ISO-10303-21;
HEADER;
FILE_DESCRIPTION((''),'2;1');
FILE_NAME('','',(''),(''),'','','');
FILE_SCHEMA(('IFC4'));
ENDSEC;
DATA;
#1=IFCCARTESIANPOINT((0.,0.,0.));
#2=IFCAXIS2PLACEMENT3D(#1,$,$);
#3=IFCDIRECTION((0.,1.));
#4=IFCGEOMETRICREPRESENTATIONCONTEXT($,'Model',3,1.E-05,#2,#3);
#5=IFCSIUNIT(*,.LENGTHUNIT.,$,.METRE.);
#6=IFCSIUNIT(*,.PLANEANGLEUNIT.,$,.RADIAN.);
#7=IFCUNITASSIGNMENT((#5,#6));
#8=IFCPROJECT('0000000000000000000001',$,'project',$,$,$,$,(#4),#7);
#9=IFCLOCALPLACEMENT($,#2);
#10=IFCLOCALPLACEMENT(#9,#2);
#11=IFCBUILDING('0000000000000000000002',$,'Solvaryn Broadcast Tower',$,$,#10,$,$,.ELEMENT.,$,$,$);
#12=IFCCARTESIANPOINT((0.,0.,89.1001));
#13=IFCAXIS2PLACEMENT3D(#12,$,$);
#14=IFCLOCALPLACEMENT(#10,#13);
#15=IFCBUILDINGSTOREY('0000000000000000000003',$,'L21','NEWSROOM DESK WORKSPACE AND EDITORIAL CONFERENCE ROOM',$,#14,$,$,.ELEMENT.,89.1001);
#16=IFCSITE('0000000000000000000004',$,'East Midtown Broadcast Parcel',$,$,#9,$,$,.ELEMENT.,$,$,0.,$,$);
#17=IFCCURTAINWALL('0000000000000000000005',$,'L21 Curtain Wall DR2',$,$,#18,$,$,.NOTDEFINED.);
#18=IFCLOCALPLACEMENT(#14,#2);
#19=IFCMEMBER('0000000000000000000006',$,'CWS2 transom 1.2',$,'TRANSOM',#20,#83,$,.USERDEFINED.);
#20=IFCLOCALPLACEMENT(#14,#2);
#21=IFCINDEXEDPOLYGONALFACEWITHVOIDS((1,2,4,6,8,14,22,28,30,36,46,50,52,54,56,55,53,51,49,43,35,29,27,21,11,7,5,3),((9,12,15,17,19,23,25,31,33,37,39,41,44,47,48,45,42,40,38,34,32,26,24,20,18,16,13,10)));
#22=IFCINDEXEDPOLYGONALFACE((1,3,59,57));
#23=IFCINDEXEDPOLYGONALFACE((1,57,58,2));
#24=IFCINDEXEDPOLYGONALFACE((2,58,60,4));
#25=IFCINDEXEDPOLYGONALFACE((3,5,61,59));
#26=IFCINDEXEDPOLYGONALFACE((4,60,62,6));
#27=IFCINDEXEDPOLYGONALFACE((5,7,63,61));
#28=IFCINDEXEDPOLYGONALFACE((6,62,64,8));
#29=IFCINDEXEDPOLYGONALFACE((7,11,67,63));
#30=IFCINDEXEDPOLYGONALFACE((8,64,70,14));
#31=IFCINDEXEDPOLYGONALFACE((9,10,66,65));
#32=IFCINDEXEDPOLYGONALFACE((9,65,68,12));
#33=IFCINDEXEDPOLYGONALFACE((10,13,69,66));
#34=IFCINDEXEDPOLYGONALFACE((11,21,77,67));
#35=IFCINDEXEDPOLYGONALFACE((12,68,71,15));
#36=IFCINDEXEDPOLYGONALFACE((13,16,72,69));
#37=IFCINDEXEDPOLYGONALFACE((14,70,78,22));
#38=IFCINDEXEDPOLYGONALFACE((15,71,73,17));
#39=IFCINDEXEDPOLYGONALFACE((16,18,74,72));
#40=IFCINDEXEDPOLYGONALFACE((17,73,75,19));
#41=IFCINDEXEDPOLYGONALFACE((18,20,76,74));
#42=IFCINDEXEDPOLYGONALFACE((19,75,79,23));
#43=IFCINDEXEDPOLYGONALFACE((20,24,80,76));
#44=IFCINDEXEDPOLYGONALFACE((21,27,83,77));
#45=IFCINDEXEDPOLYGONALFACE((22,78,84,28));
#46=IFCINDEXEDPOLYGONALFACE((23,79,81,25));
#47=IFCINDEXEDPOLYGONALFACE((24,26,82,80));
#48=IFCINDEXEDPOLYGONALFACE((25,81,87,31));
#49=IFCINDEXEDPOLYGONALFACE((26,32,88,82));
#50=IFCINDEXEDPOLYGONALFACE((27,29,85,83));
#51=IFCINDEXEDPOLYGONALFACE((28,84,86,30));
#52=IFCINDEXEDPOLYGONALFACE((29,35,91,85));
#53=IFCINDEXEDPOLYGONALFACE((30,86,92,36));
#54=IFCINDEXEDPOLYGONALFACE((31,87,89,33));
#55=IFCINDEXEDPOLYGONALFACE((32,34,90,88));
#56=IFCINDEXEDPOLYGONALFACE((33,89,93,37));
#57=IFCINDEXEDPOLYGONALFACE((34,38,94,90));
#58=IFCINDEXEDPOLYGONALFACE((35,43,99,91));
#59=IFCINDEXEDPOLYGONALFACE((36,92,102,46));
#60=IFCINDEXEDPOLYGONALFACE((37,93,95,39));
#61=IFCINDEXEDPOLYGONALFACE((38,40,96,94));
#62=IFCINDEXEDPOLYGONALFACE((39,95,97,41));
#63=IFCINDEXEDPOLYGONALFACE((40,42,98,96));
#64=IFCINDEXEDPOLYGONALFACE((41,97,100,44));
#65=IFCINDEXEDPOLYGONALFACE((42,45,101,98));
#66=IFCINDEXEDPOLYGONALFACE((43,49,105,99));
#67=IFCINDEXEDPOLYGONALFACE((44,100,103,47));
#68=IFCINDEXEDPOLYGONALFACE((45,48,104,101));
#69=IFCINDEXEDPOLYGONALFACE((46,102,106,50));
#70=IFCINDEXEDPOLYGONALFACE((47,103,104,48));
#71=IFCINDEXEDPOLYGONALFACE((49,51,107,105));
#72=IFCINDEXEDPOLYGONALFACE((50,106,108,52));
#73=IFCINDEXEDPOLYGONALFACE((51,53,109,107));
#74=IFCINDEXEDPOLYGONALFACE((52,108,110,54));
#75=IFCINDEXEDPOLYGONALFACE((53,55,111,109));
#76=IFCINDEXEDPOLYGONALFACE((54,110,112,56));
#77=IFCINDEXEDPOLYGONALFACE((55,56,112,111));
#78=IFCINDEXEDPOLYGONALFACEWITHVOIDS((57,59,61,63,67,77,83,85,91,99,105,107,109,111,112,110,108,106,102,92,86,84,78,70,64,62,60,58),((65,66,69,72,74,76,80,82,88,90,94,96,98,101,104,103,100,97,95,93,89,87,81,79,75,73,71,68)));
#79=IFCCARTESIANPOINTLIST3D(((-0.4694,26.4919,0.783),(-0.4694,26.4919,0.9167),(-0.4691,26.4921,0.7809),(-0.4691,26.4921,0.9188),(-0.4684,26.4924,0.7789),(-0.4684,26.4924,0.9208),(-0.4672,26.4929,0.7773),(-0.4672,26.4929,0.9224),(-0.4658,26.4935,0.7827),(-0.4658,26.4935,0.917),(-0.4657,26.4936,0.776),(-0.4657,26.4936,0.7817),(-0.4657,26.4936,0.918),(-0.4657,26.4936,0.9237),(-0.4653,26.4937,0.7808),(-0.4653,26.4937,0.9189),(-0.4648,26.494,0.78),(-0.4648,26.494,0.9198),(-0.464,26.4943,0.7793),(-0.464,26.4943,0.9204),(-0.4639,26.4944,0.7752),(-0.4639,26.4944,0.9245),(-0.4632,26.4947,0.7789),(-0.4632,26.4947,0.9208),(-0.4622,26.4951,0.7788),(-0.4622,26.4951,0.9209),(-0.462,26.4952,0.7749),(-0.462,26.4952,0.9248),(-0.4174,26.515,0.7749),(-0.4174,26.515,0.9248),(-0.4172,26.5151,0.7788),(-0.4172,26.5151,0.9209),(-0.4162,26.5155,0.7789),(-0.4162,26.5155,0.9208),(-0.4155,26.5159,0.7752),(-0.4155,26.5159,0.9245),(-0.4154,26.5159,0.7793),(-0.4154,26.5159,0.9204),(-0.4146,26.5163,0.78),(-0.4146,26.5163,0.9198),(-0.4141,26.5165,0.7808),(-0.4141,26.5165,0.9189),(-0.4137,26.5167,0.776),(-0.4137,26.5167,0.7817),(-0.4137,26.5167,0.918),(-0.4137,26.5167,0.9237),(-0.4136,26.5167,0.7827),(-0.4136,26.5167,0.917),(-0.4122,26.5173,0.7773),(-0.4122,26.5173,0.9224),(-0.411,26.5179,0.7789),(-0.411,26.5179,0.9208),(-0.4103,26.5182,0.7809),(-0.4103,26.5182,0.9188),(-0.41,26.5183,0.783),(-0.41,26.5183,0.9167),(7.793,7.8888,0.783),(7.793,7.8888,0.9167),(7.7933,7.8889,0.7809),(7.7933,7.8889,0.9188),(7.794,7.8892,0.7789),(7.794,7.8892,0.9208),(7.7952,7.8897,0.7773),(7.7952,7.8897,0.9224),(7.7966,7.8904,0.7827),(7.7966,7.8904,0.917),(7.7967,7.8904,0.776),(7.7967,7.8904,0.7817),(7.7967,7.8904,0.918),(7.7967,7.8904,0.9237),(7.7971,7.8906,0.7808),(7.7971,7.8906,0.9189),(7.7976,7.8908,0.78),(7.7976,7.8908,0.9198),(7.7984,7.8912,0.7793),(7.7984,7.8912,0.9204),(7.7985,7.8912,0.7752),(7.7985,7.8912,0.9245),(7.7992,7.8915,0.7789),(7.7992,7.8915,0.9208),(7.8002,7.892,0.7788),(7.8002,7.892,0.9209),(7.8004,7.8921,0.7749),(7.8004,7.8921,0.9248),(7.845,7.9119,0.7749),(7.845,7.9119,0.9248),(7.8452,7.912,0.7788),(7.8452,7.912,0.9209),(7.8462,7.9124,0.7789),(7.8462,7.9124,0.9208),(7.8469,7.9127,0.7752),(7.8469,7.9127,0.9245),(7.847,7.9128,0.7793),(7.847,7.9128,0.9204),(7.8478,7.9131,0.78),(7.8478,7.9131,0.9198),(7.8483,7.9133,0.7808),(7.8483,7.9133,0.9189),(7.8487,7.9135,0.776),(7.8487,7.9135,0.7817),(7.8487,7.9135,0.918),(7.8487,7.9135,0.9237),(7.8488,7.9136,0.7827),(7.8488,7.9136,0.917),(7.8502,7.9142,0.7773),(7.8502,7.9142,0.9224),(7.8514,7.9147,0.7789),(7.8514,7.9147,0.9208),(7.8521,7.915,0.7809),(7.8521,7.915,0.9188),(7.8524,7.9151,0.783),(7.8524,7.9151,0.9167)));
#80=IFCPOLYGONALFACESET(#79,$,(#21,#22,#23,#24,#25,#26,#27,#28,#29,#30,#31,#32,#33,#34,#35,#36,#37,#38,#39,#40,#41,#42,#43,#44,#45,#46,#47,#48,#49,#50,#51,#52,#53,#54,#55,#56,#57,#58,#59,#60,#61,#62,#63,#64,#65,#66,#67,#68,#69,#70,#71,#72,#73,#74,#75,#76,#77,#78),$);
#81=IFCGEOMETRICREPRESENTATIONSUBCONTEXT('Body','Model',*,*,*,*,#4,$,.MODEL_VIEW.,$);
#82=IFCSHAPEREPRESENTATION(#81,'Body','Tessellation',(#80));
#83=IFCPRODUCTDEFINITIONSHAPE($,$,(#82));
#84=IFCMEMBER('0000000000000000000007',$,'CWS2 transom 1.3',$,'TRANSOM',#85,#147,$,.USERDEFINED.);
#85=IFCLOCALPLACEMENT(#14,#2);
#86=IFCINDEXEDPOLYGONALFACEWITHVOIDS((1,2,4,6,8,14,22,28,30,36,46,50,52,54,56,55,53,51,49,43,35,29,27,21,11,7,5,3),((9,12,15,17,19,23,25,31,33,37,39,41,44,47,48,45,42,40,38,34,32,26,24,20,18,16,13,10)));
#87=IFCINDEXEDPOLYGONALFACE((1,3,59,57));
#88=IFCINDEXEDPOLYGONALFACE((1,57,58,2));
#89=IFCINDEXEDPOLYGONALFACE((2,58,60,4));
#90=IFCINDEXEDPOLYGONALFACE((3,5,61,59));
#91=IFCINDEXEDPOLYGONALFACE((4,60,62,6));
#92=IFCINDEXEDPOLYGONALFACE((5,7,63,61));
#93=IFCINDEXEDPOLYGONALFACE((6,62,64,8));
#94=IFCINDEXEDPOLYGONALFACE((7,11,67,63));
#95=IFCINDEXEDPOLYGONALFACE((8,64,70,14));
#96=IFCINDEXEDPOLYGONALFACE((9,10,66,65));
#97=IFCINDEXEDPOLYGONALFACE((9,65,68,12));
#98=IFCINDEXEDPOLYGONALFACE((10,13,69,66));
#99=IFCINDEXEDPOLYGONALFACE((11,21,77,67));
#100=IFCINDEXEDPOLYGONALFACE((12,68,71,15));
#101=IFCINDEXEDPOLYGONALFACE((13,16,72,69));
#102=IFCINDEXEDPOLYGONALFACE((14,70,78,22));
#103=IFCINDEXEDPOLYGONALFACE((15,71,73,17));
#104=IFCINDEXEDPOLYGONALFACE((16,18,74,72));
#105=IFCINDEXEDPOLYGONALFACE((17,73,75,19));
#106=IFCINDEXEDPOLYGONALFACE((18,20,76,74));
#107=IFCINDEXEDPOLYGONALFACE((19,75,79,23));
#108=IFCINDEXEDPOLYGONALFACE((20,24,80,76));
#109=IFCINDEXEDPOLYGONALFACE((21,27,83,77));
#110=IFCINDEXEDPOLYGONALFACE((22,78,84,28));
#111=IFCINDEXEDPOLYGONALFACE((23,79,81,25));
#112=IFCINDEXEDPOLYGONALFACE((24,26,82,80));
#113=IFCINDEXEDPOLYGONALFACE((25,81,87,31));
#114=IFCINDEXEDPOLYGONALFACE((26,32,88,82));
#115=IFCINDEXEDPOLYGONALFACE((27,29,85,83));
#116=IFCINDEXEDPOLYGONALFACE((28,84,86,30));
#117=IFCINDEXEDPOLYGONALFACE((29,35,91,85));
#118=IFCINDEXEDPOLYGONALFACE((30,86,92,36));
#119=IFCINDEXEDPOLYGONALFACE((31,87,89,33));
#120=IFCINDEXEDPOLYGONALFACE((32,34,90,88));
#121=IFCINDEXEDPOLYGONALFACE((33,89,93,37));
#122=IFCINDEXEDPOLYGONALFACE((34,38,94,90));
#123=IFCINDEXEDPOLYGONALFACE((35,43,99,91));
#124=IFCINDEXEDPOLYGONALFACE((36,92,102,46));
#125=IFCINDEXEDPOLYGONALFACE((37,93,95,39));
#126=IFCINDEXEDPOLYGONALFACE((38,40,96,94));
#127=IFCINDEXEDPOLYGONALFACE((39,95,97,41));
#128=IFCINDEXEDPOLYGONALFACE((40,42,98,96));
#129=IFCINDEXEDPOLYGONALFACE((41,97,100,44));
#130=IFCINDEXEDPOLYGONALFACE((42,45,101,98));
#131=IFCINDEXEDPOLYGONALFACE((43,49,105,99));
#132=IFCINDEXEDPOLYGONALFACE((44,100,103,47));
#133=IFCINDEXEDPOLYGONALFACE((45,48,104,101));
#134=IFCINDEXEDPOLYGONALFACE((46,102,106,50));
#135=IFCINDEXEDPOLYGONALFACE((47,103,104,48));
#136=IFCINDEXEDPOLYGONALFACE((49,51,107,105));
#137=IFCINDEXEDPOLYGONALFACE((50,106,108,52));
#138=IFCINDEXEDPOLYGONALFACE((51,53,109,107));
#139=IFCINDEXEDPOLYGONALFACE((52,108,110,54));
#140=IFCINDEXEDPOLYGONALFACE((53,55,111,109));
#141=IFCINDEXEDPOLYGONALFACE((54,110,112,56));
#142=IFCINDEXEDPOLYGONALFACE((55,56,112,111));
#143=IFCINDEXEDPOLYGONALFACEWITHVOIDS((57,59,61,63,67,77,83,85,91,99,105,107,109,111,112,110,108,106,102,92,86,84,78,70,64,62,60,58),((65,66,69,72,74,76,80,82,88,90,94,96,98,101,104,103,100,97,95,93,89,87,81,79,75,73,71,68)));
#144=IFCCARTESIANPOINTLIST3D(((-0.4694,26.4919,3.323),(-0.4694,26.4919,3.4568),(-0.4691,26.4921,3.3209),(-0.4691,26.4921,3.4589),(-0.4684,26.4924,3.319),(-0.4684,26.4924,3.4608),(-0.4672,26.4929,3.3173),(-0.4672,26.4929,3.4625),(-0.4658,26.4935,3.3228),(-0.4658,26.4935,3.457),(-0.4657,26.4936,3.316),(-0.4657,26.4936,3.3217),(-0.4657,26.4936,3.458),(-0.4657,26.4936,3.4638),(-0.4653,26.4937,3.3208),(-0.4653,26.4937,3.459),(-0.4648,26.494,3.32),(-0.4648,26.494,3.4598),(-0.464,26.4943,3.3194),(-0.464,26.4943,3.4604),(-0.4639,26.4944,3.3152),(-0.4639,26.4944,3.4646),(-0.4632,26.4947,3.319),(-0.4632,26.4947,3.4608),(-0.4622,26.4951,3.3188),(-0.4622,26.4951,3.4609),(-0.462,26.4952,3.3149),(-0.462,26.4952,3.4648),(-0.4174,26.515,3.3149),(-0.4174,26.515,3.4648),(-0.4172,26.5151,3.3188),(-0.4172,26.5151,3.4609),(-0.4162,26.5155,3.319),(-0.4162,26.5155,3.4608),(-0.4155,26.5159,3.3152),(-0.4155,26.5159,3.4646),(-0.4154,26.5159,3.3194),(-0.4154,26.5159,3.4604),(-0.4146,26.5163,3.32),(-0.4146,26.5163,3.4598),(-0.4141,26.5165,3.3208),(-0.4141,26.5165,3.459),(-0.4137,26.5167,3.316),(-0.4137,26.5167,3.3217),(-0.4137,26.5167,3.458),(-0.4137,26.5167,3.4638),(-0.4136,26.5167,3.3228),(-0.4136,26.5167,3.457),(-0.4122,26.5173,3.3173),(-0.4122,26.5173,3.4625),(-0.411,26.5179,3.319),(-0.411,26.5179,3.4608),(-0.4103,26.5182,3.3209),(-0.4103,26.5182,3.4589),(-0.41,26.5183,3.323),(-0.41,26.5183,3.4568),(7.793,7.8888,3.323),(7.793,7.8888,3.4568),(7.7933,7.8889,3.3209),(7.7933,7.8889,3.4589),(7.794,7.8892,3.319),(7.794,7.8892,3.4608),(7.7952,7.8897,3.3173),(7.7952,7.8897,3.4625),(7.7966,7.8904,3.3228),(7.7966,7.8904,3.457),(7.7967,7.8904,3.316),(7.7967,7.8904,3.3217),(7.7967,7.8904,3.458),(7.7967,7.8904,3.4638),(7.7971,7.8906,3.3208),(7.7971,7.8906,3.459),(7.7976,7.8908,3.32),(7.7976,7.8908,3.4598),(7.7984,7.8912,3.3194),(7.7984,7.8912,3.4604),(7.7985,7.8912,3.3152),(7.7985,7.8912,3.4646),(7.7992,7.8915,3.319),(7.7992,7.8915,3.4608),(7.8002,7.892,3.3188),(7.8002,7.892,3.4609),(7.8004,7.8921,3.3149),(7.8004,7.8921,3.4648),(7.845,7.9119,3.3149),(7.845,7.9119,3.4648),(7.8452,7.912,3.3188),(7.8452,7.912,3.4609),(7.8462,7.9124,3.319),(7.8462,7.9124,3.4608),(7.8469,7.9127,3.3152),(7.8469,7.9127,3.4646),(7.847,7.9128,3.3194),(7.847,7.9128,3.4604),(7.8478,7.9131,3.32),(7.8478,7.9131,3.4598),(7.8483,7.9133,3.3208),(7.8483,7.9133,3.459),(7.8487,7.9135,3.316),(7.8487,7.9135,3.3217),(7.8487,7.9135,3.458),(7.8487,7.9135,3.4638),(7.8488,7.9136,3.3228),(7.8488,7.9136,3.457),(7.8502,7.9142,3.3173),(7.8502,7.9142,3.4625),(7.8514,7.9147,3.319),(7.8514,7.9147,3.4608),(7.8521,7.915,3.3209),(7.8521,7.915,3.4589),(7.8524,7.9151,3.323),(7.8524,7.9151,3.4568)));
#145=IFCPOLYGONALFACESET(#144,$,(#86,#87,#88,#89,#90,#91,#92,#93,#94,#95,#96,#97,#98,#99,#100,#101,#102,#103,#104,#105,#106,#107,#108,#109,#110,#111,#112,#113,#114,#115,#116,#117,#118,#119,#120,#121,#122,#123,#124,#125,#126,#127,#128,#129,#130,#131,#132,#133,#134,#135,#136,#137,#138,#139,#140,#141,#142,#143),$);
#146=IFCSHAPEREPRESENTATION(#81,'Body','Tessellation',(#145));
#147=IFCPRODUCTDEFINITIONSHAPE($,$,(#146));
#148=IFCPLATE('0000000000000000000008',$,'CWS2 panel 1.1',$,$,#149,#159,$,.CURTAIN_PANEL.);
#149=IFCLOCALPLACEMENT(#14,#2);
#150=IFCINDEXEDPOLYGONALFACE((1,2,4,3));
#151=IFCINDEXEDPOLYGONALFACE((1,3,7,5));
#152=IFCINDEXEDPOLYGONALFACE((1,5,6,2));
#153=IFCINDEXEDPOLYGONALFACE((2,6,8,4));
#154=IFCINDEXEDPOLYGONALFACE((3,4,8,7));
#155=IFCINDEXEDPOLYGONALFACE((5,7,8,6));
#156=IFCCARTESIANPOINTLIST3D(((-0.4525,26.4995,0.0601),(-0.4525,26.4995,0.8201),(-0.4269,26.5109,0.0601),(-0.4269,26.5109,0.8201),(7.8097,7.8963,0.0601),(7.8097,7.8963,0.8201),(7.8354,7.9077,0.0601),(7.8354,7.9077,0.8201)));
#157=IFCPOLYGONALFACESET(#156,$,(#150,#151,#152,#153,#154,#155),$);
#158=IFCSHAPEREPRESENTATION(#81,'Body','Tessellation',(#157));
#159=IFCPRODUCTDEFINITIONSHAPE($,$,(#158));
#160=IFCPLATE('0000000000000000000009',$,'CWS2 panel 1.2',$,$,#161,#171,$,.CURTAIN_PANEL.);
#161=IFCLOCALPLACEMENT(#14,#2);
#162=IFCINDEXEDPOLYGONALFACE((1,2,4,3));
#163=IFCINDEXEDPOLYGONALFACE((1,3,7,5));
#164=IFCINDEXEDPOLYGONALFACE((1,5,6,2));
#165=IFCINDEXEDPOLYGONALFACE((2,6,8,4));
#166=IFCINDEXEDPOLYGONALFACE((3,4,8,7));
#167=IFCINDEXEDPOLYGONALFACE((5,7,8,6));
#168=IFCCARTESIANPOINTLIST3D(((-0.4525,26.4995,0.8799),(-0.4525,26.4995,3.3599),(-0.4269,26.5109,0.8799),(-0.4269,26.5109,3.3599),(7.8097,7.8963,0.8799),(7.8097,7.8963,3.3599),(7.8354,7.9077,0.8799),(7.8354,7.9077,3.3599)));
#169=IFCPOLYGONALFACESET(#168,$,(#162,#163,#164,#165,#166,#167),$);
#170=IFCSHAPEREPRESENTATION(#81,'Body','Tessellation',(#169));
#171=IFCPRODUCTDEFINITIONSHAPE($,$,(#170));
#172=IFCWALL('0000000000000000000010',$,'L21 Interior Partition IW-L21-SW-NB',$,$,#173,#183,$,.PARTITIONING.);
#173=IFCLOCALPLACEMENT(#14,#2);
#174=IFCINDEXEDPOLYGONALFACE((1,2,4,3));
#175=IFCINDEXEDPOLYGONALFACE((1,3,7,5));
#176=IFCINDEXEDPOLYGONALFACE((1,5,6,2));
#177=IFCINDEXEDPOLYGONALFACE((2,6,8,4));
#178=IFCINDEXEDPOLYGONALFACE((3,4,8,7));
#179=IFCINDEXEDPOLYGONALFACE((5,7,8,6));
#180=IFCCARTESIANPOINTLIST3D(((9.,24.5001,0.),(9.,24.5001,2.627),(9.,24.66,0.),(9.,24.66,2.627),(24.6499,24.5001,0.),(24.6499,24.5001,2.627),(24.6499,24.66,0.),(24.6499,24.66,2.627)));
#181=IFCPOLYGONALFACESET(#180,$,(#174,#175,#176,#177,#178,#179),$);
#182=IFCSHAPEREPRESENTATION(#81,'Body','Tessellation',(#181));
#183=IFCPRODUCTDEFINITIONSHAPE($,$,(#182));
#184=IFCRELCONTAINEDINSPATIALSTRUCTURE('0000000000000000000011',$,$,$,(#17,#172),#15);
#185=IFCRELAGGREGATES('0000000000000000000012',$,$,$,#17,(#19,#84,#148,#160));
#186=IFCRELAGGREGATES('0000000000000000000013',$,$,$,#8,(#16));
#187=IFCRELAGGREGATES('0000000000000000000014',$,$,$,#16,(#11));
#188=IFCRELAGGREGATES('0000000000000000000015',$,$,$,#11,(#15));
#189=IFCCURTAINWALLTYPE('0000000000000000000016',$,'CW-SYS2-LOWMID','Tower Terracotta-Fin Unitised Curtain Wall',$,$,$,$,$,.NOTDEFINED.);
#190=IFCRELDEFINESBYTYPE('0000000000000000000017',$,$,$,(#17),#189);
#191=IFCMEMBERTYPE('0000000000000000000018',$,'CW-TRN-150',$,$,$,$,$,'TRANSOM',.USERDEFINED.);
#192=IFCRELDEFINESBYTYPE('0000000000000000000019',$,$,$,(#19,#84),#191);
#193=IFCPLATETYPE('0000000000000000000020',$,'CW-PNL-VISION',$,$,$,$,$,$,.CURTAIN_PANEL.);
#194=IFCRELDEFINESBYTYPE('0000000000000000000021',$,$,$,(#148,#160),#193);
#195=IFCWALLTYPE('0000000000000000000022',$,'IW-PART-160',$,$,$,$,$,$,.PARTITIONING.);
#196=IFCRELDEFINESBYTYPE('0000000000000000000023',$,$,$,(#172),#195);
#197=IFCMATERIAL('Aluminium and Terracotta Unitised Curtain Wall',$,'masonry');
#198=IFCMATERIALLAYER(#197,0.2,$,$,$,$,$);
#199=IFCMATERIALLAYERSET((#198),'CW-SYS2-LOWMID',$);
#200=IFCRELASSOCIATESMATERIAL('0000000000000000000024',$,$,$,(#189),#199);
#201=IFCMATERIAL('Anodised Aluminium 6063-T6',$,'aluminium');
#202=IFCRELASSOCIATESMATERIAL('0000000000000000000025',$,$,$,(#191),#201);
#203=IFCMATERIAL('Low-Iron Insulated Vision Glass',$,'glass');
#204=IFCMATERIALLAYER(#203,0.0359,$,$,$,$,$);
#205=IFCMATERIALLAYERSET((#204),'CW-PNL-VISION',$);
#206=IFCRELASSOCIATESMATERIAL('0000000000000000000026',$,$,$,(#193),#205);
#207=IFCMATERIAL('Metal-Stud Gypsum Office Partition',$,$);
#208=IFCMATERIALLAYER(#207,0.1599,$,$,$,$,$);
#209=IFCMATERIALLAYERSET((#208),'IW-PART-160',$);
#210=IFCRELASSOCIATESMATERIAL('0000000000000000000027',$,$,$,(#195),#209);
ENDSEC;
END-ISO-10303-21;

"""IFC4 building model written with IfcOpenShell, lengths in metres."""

from ifc_helpers import new_model, si_unit, direction, frame, frame_2d, origin, origin_2d, place, context, subcontext, project, spatial, rectangle, hollow_rectangle, extrude, material, layer, layer_set, material_profile, profile_set, type_object, element, aggregate, save


model = new_model("IFC4")

# Units and contexts
model_context = context("Model", 3, precision=1e-05, world=origin(), true_north=direction((0.0, 1.0)))
body_context = subcontext(model_context, "Body", "Model", "MODEL_VIEW")
ifc_project = project(units=[si_unit("LENGTHUNIT", "METRE"), si_unit("PLANEANGLEUNIT", "RADIAN")], contexts=[model_context])

# Site, building, storey
site_placement = place(None, origin())
site = spatial("IfcSite", under=ifc_project, at=site_placement, Name="East Midtown Broadcast Parcel", CompositionType="ELEMENT", RefElevation=0.0)
building_placement = place(site_placement, origin())
building = spatial("IfcBuilding", under=site, at=building_placement, Name="Solvaryn Broadcast Tower", CompositionType="ELEMENT")
storey_placement = place(building_placement, frame((0.0, 0.0, 89.1001)))
storey = spatial("IfcBuildingStorey", under=building, at=storey_placement, Name="L21", Description="NEWSROOM DESK WORKSPACE AND EDITORIAL CONFERENCE ROOM", CompositionType="ELEMENT", Elevation=89.1001)

# Shared definitions
ifc_material_1 = material(Name="Aluminium and Terracotta Unitised Curtain Wall", Category="masonry")
ifc_layer_1 = layer(ifc_material_1, 0.2)
ifc_layer_set_1 = layer_set([ifc_layer_1], Name="CW-SYS2-LOWMID")
curtain_wall_type = type_object("IfcCurtainWallType", Name="CW-SYS2-LOWMID", Description="Tower Terracotta-Fin Unitised Curtain Wall", PredefinedType="NOTDEFINED", material=ifc_layer_set_1)

# Curtain wall, members, plates
curtain_wall_1_placement = place(storey_placement, origin())
curtain_wall_1 = element("IfcCurtainWall", 1, at=curtain_wall_1_placement, inside=storey, type_object=curtain_wall_type, Name="L21 Curtain Wall DR2", PredefinedType="NOTDEFINED")
ifc_material_2 = material(Name="Anodised Aluminium 6063-T6", Category="aluminium")
ifc_material_profile_1 = material_profile(ifc_material_2, hollow_rectangle(XDim=0.0649, YDim=0.1499, WallThickness=0.0039, InnerFilletRadius=0.0039, OuterFilletRadius=0.0081, at=origin_2d()))
ifc_profile_set_1 = profile_set([ifc_material_profile_1], Name="Anodised Aluminium 6063-T6")
member_type_1 = type_object("IfcMemberType", Name="CW-TRN-150", ElementType="TRANSOM", PredefinedType="USERDEFINED", material=ifc_profile_set_1)
member_1_placement = place(storey_placement, frame((-0.4397, 26.5051, 0.8499), z_axis=(0.405906, -0.913915, 0.0), x_axis=(0.913915, 0.405906, 0.0)))
member_1 = element("IfcMember", 2, at=member_1_placement, type_object=member_type_1, Name="CWS2 transom 1.2", ObjectType="TRANSOM", PredefinedType="USERDEFINED", context=body_context, shape_type="SweptSolid", body=[
    extrude(hollow_rectangle(XDim=0.0649, YDim=0.1499, WallThickness=0.0039, InnerFilletRadius=0.0039, OuterFilletRadius=0.0081, at=origin_2d()), origin(), (0.0, 0.0, 1.0), 20.3555),
])
member_2_placement = place(storey_placement, frame((-0.4397, 26.5051, 3.3899), z_axis=(0.405906, -0.913915, 0.0), x_axis=(0.913915, 0.405906, 0.0)))
member_2 = element("IfcMember", 3, at=member_2_placement, type_object=member_type_1, Name="CWS2 transom 1.3", ObjectType="TRANSOM", PredefinedType="USERDEFINED", context=body_context, shape_type="SweptSolid", body=[
    extrude(hollow_rectangle(XDim=0.0649, YDim=0.1499, WallThickness=0.0039, InnerFilletRadius=0.0039, OuterFilletRadius=0.0081, at=origin_2d()), origin(), (0.0, 0.0, 1.0), 20.3555),
])
ifc_material_3 = material(Name="Low-Iron Insulated Vision Glass", Category="glass")
ifc_layer_2 = layer(ifc_material_3, 0.0359)
ifc_layer_set_2 = layer_set([ifc_layer_2], Name="CW-PNL-VISION")
plate_type = type_object("IfcPlateType", Name="CW-PNL-VISION", PredefinedType="CURTAIN_PANEL", material=ifc_layer_set_2)
plate_1_placement = place(storey_placement, frame((3.6914, 17.2036, 0.0601), z_axis=(0.0, 0.0, 1.0), x_axis=(0.405898, -0.913918, 0.0)))
plate_1 = element("IfcPlate", 4, at=plate_1_placement, type_object=plate_type, Name="CWS2 panel 1.1", PredefinedType="CURTAIN_PANEL", context=body_context, shape_type="SweptSolid", body=[
    extrude(rectangle(XDim=20.3555, YDim=0.0281, at=origin_2d()), origin(), (0.0, 0.0, 1.0), 0.76),
])
plate_2_placement = place(storey_placement, frame((3.6914, 17.2036, 0.8799), z_axis=(0.0, 0.0, 1.0), x_axis=(0.405898, -0.913918, 0.0)))
plate_2 = element("IfcPlate", 5, at=plate_2_placement, type_object=plate_type, Name="CWS2 panel 1.2", PredefinedType="CURTAIN_PANEL", context=body_context, shape_type="SweptSolid", body=[
    extrude(rectangle(XDim=20.3555, YDim=0.0281, at=origin_2d()), origin(), (0.0, 0.0, 1.0), 2.48),
])
aggregate(curtain_wall_1, [member_1, member_2, plate_1, plate_2])

# Shared definitions
ifc_material_4 = material(Name="Metal-Stud Gypsum Office Partition")
ifc_layer_3 = layer(ifc_material_4, 0.1599)
ifc_layer_set_3 = layer_set([ifc_layer_3], Name="IW-PART-160")
wall_type = type_object("IfcWallType", Name="IW-PART-160", PredefinedType="PARTITIONING", material=ifc_layer_set_3)

# Wall
wall_1_placement = place(storey_placement, frame((9.0, 24.5801, 0.0), z_axis=(0.0, 0.0, 1.0), x_axis=(1.0, 0.0, 0.0)))
element("IfcWall", 6, at=wall_1_placement, inside=storey, type_object=wall_type, Name="L21 Interior Partition IW-L21-SW-NB", PredefinedType="PARTITIONING", context=body_context, shape_type="SweptSolid", body=[
    extrude(rectangle(XDim=15.6499, YDim=0.1599, at=frame_2d((7.825, 0.0))), origin(), (0.0, 0.0, 1.0), 2.627),
])

save(model, "model.ifc")
